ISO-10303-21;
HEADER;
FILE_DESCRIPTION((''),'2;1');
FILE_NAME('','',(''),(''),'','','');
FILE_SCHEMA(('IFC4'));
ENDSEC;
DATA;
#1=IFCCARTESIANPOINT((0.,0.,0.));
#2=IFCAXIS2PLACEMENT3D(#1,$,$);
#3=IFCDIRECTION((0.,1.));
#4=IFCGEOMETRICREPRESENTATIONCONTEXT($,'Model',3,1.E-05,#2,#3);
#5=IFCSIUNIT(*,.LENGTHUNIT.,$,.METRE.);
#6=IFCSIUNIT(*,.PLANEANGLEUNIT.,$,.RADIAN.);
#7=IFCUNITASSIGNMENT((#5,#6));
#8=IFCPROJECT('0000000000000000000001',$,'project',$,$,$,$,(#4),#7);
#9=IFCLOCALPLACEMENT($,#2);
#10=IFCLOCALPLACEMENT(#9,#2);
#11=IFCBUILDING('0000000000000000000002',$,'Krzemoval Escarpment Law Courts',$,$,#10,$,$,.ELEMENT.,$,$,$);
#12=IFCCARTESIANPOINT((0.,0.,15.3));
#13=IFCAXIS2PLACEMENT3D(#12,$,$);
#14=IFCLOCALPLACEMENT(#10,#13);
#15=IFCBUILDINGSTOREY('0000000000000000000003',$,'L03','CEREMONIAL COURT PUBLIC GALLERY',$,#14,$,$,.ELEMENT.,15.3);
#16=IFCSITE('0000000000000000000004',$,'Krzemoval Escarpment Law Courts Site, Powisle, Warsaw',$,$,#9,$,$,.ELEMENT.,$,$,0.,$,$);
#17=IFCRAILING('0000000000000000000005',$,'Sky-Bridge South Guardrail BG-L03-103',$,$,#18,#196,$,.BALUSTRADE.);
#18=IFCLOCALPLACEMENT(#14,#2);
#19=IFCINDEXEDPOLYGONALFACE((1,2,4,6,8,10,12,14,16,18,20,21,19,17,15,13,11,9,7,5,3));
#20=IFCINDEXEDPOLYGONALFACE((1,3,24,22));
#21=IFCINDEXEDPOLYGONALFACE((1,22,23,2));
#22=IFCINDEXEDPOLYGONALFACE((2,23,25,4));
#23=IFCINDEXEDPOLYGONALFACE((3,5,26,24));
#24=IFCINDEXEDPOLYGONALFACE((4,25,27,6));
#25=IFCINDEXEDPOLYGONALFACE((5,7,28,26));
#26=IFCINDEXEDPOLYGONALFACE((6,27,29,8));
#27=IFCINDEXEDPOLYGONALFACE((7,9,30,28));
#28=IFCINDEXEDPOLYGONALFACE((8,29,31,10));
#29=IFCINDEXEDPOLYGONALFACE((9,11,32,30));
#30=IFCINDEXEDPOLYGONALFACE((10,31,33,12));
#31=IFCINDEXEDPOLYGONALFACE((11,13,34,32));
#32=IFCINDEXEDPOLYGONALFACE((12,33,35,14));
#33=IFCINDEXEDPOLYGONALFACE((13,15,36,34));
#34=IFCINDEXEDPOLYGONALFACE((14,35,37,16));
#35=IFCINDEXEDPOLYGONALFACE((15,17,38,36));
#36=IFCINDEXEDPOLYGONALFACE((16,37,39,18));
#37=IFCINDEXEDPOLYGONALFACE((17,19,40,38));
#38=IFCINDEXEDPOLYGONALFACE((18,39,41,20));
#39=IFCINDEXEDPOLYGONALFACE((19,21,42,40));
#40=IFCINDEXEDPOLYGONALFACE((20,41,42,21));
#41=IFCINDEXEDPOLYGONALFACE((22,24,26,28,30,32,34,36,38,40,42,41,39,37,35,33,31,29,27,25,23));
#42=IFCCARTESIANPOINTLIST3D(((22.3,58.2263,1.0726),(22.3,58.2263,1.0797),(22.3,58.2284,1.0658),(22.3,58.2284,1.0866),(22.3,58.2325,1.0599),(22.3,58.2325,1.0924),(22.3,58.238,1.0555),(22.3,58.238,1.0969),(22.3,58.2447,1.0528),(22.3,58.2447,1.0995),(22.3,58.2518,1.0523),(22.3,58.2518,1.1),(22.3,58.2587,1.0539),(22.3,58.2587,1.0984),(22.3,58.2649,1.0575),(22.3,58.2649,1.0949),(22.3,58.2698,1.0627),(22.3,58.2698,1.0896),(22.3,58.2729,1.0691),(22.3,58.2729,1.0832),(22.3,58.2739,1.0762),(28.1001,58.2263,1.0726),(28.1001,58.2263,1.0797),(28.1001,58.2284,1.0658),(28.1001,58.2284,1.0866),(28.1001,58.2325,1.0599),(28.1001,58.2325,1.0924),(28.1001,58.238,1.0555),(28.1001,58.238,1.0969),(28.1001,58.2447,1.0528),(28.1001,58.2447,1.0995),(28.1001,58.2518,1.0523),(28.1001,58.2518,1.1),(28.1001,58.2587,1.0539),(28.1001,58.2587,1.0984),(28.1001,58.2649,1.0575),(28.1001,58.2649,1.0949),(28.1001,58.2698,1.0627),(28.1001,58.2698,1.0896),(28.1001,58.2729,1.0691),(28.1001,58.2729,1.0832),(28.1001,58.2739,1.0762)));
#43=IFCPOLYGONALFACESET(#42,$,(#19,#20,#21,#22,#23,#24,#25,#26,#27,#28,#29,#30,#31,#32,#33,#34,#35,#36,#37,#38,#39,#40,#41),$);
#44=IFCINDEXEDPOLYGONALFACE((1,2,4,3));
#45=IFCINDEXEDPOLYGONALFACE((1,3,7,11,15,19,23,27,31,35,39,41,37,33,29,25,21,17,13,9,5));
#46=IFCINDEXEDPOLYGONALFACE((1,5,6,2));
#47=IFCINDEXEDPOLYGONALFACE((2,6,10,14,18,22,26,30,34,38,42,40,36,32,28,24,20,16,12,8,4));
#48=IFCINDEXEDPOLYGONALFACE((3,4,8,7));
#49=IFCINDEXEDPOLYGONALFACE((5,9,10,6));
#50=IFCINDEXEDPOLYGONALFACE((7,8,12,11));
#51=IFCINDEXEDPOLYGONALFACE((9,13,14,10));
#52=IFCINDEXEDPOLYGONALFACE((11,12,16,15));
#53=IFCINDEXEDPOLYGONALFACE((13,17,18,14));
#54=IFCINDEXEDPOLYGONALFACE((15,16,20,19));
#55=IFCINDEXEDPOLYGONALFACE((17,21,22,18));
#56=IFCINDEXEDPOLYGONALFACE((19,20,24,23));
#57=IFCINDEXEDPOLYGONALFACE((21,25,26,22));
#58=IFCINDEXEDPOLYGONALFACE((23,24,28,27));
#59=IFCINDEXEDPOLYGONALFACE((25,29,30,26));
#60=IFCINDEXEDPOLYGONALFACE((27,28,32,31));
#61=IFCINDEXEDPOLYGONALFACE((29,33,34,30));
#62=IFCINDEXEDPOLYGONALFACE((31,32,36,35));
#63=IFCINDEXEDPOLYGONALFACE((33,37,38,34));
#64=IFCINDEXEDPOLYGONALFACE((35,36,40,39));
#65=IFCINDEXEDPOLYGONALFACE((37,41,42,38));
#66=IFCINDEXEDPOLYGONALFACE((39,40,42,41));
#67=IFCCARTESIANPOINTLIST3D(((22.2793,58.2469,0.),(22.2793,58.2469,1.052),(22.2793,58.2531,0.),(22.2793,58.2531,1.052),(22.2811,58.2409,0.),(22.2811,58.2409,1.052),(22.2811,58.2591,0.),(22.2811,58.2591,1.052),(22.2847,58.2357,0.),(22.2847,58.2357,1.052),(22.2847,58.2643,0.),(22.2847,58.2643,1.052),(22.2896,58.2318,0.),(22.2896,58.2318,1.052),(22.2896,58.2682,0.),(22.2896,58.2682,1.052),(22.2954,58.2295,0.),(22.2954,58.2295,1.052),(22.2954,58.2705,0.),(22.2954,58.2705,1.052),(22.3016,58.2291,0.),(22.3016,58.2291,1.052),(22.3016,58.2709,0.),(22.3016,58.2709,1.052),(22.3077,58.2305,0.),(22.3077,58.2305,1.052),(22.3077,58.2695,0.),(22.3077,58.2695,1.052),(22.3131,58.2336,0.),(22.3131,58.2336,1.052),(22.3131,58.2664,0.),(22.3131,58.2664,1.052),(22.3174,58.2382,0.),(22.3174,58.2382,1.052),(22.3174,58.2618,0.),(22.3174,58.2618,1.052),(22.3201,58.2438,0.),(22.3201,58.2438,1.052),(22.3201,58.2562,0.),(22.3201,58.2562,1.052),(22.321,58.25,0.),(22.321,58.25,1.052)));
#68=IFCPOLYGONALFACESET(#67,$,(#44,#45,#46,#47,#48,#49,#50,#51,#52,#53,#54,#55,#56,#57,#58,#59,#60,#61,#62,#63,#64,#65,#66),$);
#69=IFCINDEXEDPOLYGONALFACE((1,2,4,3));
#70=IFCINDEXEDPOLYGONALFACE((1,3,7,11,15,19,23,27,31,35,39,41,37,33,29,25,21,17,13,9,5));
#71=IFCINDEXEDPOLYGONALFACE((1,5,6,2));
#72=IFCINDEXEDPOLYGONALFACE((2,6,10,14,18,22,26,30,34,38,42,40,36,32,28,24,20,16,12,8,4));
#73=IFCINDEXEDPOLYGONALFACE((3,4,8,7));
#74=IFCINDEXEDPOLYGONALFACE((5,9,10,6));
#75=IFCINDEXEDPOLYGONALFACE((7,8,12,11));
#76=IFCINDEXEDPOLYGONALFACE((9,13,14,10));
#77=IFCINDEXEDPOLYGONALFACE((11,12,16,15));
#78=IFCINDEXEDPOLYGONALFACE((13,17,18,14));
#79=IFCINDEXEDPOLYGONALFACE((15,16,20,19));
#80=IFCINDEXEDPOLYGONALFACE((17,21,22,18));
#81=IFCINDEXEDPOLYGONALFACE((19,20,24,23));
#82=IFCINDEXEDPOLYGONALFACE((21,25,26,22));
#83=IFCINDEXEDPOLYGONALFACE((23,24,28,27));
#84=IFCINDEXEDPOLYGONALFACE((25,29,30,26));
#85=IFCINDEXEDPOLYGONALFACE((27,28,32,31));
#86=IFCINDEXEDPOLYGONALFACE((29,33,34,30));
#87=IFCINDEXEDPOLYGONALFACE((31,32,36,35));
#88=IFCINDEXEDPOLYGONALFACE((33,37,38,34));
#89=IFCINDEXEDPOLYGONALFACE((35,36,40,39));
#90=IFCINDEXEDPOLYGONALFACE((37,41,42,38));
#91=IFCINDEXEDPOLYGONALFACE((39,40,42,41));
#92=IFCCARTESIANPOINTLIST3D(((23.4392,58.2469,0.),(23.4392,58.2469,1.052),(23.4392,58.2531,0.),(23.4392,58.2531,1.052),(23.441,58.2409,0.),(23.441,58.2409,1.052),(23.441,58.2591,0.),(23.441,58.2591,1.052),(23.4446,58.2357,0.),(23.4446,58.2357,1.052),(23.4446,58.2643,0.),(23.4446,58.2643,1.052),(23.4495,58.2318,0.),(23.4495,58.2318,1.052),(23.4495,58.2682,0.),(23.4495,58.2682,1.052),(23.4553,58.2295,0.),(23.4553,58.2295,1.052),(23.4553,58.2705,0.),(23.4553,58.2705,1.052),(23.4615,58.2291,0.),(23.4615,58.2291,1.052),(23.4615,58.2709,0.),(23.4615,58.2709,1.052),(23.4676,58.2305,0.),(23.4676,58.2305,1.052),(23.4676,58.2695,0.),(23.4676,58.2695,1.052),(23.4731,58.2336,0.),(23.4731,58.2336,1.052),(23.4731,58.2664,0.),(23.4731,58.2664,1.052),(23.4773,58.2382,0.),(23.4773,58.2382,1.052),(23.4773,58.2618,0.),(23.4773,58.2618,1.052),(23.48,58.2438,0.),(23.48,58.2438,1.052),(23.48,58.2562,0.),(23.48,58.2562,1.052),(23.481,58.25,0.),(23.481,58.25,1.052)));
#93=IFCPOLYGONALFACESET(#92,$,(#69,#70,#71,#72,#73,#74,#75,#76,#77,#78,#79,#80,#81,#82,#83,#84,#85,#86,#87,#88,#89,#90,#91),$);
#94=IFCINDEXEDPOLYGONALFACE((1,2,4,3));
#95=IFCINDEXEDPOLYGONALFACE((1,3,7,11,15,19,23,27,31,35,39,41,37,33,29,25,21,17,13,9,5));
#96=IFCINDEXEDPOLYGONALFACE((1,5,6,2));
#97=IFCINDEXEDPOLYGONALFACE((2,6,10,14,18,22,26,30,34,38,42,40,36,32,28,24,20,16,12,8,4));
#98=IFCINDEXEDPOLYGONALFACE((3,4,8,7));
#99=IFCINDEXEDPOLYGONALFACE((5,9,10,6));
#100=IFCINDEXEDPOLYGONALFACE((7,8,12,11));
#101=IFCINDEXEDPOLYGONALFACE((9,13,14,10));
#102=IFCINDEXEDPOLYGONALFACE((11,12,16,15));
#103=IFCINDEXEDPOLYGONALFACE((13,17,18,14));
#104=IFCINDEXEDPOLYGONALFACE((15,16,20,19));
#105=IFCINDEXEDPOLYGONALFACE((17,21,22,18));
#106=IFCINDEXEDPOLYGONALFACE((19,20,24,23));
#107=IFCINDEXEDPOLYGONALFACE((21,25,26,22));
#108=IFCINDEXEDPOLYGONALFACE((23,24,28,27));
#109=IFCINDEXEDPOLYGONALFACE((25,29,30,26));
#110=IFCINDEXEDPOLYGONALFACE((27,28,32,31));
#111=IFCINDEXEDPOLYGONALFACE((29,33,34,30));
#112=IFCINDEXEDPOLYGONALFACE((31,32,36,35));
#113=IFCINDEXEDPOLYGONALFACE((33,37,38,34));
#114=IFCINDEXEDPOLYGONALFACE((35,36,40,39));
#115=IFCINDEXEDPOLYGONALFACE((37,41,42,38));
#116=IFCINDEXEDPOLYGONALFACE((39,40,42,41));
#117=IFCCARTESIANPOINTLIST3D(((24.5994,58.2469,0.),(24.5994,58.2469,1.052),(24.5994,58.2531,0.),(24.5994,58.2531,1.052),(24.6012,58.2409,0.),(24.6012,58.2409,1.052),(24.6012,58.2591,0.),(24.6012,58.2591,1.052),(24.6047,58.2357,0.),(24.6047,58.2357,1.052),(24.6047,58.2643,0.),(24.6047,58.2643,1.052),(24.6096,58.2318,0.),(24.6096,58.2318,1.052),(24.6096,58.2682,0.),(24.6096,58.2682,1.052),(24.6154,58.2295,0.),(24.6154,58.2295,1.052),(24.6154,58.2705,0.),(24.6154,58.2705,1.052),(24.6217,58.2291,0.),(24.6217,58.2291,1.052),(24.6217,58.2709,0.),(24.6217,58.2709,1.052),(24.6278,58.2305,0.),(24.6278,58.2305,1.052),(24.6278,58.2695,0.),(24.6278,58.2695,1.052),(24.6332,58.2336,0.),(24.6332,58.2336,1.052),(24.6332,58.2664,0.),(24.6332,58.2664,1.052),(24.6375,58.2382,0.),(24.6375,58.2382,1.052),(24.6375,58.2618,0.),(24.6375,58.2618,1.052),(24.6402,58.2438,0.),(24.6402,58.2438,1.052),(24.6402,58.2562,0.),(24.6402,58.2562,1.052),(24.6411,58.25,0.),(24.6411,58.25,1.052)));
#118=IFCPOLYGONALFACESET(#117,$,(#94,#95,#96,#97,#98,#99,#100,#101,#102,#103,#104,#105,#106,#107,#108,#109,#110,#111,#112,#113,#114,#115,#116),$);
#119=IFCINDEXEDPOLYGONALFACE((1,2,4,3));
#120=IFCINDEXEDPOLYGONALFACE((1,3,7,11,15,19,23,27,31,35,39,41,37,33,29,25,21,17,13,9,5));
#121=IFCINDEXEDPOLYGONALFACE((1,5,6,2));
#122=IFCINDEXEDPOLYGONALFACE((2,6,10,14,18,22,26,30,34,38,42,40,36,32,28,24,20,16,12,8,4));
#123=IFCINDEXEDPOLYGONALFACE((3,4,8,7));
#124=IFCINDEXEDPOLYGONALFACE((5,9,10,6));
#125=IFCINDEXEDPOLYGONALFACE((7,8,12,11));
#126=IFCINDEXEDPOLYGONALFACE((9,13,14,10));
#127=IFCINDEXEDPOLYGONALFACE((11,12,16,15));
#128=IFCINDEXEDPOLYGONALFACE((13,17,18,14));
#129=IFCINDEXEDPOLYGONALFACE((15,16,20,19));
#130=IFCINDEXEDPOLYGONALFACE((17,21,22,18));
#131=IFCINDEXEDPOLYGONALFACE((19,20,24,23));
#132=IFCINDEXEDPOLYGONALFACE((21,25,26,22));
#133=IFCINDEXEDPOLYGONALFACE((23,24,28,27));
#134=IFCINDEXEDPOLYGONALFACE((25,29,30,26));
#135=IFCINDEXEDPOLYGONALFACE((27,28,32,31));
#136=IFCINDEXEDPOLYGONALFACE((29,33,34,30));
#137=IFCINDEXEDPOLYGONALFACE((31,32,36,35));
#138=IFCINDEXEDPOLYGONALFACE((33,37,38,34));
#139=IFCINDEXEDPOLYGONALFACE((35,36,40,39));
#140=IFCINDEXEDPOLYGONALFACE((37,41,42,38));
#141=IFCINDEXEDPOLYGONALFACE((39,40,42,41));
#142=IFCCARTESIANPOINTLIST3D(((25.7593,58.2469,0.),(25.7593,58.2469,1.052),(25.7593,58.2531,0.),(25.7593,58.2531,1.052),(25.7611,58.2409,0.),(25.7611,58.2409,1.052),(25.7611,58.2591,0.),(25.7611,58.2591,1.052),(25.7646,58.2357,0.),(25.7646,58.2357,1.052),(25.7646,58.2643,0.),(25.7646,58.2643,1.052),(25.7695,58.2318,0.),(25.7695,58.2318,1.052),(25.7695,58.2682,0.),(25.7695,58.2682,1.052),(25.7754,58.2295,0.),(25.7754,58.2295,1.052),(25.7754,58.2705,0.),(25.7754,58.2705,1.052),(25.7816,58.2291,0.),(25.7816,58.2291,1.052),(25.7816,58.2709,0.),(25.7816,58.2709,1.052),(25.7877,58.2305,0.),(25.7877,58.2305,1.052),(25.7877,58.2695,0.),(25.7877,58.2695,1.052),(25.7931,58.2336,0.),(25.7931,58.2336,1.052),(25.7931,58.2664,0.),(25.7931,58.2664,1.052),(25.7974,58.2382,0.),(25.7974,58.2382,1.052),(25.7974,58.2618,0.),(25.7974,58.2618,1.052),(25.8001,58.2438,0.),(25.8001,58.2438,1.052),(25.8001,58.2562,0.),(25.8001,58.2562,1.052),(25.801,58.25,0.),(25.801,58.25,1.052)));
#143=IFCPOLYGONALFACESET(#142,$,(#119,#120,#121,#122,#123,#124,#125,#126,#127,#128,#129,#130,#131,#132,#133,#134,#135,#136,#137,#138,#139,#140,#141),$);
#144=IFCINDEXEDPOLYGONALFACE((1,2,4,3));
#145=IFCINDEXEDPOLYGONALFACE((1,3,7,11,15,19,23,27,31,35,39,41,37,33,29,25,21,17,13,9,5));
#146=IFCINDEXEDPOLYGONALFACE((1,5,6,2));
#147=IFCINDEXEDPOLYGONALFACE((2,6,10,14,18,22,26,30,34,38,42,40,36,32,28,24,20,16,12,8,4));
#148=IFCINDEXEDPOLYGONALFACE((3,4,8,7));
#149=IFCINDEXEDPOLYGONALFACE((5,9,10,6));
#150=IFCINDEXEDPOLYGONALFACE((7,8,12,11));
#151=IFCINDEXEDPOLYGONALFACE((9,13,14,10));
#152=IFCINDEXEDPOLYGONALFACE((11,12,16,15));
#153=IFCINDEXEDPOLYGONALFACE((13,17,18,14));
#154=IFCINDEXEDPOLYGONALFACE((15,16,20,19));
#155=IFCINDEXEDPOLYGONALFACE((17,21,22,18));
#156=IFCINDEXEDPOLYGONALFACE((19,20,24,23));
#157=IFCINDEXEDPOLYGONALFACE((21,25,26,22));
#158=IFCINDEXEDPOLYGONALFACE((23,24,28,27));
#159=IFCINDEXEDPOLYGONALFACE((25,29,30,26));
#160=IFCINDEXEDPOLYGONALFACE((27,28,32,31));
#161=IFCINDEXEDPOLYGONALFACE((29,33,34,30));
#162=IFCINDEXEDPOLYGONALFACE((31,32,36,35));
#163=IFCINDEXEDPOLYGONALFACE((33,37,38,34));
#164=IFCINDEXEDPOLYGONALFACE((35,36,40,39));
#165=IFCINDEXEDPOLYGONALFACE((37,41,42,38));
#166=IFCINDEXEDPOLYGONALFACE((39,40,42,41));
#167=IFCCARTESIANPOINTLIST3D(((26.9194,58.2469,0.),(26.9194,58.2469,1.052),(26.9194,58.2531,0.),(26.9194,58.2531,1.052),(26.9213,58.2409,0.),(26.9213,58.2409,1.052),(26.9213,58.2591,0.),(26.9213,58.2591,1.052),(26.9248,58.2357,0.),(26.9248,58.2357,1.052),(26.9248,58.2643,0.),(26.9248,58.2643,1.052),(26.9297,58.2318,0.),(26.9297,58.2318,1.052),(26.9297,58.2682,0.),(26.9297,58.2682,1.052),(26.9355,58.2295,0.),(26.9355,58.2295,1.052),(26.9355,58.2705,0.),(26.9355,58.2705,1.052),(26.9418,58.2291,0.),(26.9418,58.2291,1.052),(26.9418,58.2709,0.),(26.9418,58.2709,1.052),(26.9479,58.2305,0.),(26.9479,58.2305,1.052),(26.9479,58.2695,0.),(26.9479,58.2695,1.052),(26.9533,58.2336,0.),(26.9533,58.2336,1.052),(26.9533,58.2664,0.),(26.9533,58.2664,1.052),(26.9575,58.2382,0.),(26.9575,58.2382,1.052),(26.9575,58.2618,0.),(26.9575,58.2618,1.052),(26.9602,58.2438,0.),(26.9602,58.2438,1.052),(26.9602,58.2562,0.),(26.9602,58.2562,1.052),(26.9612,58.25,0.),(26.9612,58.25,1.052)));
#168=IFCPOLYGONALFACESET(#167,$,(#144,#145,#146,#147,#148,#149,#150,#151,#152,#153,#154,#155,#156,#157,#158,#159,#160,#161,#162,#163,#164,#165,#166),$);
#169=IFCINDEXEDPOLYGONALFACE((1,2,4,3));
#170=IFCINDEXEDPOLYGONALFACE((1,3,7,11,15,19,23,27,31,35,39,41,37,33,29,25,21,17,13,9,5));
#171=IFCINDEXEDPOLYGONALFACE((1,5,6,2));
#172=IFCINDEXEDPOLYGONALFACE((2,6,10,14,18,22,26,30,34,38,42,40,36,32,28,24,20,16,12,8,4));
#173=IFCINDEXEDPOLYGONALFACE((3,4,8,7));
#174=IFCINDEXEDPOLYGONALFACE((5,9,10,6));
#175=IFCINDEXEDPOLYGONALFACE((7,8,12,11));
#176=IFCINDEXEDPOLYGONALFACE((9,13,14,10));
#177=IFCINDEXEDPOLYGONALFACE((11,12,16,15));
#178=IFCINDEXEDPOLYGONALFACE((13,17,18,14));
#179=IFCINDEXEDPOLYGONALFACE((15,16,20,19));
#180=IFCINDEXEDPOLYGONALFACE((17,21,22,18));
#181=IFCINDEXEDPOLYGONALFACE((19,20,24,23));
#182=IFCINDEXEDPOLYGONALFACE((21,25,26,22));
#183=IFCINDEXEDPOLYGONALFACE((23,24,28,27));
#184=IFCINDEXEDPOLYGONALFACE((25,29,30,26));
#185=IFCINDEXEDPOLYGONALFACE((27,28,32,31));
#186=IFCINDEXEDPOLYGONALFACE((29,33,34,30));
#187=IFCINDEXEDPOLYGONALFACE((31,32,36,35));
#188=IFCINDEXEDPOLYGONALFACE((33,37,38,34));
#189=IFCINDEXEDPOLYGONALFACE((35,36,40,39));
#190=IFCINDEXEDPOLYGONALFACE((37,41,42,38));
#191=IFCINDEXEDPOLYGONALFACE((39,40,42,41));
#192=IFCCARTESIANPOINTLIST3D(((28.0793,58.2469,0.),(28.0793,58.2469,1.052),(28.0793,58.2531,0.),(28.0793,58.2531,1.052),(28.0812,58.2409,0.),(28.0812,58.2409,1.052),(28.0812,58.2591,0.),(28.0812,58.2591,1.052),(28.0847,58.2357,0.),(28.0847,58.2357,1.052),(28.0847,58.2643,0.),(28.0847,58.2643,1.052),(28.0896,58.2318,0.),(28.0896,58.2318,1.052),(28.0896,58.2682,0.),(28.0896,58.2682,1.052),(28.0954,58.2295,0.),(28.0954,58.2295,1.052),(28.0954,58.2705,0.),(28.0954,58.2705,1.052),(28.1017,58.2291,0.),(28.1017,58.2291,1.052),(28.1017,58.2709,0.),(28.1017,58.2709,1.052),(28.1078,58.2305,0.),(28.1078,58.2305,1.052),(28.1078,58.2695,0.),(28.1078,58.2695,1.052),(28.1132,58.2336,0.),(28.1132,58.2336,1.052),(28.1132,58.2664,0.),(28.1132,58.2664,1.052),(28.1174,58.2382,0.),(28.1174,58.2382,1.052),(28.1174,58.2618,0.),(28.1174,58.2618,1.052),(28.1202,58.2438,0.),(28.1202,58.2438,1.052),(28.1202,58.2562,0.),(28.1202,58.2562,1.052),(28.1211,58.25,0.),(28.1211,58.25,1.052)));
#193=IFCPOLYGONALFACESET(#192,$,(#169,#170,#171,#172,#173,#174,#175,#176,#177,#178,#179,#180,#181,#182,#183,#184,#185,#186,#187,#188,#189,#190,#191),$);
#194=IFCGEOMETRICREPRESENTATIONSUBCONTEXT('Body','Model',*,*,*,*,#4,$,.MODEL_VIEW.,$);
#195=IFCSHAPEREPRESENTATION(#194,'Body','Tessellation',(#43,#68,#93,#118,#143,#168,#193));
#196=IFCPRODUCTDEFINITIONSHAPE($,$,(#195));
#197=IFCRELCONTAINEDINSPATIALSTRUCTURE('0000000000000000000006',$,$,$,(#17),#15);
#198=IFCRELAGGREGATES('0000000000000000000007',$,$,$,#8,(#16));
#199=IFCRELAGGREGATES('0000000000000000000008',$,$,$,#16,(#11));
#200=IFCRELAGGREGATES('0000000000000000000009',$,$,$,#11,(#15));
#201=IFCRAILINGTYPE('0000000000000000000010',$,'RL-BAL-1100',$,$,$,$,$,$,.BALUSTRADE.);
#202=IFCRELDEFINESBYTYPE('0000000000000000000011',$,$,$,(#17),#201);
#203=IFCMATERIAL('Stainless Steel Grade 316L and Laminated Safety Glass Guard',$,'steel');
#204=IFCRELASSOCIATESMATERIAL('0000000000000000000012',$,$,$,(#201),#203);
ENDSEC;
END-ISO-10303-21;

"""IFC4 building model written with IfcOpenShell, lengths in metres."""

from ifc_helpers import new_model, si_unit, direction, frame, origin, origin_2d, place, context, subcontext, project, spatial, circle, extrude, material, type_object, element, save


model = new_model("IFC4")

# Units and contexts
model_context = context("Model", 3, precision=1e-05, world=origin(), true_north=direction((0.0, 1.0)))
body_context = subcontext(model_context, "Body", "Model", "MODEL_VIEW")
ifc_project = project(units=[si_unit("LENGTHUNIT", "METRE"), si_unit("PLANEANGLEUNIT", "RADIAN")], contexts=[model_context])

# Site, building, storey
site_placement = place(None, origin())
site = spatial("IfcSite", under=ifc_project, at=site_placement, Name="Krzemoval Escarpment Law Courts Site, Powisle, Warsaw", CompositionType="ELEMENT", RefElevation=0.0)
building_placement = place(site_placement, origin())
building = spatial("IfcBuilding", under=site, at=building_placement, Name="Krzemoval Escarpment Law Courts", CompositionType="ELEMENT")
storey_placement = place(building_placement, frame((0.0, 0.0, 15.3)))
storey = spatial("IfcBuildingStorey", under=building, at=storey_placement, Name="L03", Description="CEREMONIAL COURT PUBLIC GALLERY", CompositionType="ELEMENT", Elevation=15.3)

# Railing
ifc_material_1 = material(Name="Stainless Steel Grade 316L and Laminated Safety Glass Guard", Category="steel")
railing_type = type_object("IfcRailingType", Name="RL-BAL-1100", PredefinedType="BALUSTRADE", material=ifc_material_1)
railing_placement = place(storey_placement, frame((22.3, 58.25, 0.0)))
element("IfcRailing", 1, at=railing_placement, inside=storey, type_object=railing_type, Name="Sky-Bridge South Guardrail BG-L03-103", PredefinedType="BALUSTRADE", context=body_context, shape_type="SweptSolid", body=[
    extrude(circle(Radius=0.0239, at=origin_2d()), frame((0.0, 0.0, 1.0762), z_axis=(1.0, 0.0, 0.0), x_axis=(0.0, 1.0, 0.0)), (0.0, 0.0, 1.0), 5.8),
    extrude(circle(Radius=0.021, at=origin_2d()), origin(), (0.0, 0.0, 1.0), 1.052),
    extrude(circle(Radius=0.021, at=origin_2d()), frame((1.1599, 0.0, 0.0)), (0.0, 0.0, 1.0), 1.052),
    extrude(circle(Radius=0.021, at=origin_2d()), frame((2.3201, 0.0, 0.0)), (0.0, 0.0, 1.0), 1.052),
    extrude(circle(Radius=0.021, at=origin_2d()), frame((3.48, 0.0, 0.0)), (0.0, 0.0, 1.0), 1.052),
    extrude(circle(Radius=0.021, at=origin_2d()), frame((4.6401, 0.0, 0.0)), (0.0, 0.0, 1.0), 1.052),
    extrude(circle(Radius=0.021, at=origin_2d()), frame((5.8, 0.0, 0.0)), (0.0, 0.0, 1.0), 1.052),
])

save(model, "model.ifc")
